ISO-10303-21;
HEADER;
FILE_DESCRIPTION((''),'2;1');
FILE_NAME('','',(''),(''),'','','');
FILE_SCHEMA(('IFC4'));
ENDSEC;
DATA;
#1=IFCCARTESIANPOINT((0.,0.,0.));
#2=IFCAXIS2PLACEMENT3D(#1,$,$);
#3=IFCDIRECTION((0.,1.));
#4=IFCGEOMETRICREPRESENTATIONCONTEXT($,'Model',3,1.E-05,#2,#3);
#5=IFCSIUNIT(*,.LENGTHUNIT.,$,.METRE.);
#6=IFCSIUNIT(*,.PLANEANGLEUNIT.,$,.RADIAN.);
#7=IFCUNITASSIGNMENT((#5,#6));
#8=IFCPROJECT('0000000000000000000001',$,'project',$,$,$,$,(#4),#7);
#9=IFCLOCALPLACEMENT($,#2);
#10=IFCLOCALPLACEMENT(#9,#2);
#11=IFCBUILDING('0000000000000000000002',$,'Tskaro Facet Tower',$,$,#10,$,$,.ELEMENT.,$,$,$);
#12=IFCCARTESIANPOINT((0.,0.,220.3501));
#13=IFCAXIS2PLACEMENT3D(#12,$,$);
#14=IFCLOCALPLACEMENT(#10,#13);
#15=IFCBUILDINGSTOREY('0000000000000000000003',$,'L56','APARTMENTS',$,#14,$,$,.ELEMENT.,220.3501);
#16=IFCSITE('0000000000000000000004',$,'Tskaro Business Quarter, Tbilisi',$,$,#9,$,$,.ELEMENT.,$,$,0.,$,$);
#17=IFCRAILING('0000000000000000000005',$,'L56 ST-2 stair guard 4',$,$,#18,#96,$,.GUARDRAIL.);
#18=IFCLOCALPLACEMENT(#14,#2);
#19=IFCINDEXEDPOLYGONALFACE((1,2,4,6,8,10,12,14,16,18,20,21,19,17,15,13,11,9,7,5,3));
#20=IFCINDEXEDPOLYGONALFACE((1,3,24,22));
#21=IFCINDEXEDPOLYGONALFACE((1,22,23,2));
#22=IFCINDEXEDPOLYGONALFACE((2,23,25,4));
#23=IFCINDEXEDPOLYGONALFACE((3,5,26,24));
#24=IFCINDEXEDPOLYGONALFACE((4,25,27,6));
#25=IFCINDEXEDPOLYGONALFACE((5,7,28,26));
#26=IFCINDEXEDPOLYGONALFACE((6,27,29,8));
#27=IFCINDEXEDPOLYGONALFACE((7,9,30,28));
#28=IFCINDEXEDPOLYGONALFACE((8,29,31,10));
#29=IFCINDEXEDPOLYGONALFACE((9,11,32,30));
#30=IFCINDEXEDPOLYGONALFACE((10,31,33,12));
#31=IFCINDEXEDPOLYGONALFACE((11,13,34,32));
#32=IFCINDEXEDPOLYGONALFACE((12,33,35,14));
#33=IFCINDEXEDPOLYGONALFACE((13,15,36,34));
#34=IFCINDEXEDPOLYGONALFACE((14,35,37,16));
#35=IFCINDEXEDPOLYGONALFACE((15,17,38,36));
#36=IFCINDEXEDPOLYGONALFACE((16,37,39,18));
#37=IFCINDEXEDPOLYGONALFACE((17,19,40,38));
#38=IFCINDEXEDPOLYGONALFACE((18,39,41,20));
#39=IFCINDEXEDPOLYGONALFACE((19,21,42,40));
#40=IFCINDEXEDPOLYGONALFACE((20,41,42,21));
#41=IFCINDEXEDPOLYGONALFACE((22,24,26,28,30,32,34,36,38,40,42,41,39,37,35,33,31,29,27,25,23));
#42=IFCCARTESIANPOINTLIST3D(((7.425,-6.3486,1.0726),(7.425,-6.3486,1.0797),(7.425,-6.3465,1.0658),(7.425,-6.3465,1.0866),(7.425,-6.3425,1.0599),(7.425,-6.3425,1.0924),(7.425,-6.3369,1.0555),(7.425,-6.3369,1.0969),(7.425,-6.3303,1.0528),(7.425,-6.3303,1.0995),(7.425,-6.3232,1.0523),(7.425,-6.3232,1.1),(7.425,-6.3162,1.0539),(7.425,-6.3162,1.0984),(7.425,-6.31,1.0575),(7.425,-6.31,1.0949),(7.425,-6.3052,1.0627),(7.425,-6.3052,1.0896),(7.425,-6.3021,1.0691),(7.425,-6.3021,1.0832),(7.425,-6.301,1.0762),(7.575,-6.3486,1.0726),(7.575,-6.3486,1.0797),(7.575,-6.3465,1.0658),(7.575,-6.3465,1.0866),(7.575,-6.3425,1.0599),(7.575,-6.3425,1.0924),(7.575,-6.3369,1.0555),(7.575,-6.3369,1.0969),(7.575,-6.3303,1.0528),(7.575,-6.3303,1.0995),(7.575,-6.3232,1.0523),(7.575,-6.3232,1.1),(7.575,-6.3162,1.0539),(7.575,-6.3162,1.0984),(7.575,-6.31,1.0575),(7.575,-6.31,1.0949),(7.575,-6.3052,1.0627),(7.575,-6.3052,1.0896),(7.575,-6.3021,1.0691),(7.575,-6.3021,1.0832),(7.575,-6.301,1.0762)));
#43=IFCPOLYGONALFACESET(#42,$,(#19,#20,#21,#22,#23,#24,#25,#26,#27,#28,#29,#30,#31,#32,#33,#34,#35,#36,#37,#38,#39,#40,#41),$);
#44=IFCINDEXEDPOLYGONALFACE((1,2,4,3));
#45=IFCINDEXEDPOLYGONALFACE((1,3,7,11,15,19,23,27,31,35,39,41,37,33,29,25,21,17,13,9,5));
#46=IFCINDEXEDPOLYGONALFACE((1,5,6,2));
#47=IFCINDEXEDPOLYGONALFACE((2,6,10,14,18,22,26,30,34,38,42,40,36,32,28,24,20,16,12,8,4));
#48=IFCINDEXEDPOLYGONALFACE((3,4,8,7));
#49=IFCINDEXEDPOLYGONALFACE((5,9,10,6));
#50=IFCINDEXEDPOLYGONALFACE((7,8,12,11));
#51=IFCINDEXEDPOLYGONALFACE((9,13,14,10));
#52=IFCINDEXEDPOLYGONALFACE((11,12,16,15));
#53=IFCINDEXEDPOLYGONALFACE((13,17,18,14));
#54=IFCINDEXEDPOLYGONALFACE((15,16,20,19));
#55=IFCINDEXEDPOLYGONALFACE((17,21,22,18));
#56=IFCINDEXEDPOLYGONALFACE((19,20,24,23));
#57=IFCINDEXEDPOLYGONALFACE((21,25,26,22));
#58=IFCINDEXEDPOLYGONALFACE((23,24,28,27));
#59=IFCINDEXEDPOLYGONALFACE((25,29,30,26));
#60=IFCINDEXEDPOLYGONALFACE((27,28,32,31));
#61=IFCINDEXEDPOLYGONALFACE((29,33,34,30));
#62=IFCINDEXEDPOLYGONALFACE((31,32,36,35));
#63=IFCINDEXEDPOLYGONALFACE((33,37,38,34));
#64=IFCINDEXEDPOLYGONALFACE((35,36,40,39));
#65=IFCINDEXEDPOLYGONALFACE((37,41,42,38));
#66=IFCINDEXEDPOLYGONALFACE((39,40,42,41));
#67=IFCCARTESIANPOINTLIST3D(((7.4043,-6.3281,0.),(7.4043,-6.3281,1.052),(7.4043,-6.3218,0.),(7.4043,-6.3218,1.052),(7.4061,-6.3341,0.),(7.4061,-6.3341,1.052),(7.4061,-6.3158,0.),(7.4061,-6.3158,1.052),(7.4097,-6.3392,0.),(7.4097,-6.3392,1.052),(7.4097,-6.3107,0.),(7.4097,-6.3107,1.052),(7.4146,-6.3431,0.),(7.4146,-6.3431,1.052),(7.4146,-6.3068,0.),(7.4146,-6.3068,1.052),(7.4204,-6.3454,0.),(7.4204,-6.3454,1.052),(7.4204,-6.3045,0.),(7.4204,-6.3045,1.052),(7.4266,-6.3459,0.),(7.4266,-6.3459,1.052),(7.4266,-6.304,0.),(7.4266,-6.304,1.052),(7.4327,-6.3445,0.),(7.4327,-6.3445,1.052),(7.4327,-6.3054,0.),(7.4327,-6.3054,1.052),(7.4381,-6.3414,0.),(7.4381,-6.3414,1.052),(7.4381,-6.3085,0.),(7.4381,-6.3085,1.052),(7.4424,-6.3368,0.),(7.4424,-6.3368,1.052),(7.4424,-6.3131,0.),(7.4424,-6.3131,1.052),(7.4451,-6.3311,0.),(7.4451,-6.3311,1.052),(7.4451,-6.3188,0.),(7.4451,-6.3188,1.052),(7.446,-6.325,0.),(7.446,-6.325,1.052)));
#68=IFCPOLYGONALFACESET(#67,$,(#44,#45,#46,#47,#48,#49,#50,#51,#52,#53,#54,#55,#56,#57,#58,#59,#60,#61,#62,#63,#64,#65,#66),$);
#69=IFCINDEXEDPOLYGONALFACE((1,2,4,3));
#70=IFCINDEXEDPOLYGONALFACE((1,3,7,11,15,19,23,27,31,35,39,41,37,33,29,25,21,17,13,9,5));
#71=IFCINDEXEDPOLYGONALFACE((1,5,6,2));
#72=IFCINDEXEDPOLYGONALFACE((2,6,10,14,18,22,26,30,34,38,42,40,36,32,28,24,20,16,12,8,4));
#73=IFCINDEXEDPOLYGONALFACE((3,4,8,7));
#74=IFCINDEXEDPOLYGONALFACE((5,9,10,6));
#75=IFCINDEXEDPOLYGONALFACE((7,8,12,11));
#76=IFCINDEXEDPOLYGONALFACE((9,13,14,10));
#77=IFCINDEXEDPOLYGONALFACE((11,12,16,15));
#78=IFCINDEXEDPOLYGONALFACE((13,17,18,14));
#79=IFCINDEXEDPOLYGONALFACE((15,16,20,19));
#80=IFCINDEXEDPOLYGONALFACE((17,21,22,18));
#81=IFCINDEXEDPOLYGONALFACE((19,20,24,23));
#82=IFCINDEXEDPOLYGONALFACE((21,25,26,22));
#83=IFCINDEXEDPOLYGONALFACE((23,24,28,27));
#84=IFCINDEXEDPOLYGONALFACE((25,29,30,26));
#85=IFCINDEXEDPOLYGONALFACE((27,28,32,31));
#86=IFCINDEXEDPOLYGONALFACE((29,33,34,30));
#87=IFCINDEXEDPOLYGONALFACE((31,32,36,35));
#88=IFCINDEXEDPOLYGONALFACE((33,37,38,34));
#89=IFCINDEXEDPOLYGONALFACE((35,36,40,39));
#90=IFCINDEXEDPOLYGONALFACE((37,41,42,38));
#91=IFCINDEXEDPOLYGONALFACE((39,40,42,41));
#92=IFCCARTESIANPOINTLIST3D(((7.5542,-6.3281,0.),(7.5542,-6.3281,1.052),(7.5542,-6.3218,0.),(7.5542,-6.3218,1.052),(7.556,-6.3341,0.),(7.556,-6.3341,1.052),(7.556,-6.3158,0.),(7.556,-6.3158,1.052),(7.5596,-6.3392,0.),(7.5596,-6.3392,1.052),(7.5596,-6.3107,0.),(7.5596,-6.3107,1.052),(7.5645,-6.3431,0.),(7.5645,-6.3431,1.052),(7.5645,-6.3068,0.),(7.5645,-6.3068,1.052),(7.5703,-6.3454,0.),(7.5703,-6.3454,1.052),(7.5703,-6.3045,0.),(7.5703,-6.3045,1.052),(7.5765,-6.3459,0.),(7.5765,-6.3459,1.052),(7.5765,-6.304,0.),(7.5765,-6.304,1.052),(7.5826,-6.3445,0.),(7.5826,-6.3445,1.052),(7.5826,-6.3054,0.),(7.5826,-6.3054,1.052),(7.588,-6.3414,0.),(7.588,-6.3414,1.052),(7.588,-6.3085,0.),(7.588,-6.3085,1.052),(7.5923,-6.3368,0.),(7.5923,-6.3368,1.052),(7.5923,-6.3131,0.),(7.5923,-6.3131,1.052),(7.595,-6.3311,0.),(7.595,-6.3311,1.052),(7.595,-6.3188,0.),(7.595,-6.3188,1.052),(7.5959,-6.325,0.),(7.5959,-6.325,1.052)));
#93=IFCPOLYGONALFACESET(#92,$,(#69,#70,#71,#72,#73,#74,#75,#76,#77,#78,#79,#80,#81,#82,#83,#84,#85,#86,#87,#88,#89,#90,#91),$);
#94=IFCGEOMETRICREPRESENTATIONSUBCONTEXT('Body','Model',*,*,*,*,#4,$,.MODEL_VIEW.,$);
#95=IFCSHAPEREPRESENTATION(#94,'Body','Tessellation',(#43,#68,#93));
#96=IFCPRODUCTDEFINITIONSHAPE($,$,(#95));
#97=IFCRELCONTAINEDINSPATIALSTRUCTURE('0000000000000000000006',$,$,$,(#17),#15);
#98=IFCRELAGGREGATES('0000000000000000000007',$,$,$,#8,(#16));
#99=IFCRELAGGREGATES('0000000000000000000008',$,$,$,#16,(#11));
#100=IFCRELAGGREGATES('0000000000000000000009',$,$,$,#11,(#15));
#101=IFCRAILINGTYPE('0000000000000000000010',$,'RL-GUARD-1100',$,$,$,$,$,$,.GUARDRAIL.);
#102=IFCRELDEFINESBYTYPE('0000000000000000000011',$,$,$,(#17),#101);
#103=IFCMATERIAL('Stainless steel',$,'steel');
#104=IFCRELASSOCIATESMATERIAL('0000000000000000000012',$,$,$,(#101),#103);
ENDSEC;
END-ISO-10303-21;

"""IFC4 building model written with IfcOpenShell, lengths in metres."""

from ifc_helpers import new_model, si_unit, direction, frame, origin, origin_2d, place, context, subcontext, project, spatial, circle, extrude, material, type_object, element, save


model = new_model("IFC4")

# Units and contexts
model_context = context("Model", 3, precision=1e-05, world=origin(), true_north=direction((0.0, 1.0)))
body_context = subcontext(model_context, "Body", "Model", "MODEL_VIEW")
ifc_project = project(units=[si_unit("LENGTHUNIT", "METRE"), si_unit("PLANEANGLEUNIT", "RADIAN")], contexts=[model_context])

# Site, building, storey
site_placement = place(None, origin())
site = spatial("IfcSite", under=ifc_project, at=site_placement, Name="Tskaro Business Quarter, Tbilisi", CompositionType="ELEMENT", RefElevation=0.0)
building_placement = place(site_placement, origin())
building = spatial("IfcBuilding", under=site, at=building_placement, Name="Tskaro Facet Tower", CompositionType="ELEMENT")
storey_placement = place(building_placement, frame((0.0, 0.0, 220.3501)))
storey = spatial("IfcBuildingStorey", under=building, at=storey_placement, Name="L56", Description="APARTMENTS", CompositionType="ELEMENT", Elevation=220.3501)

# Railing
ifc_material_1 = material(Name="Stainless steel", Category="steel")
railing_type_1 = type_object("IfcRailingType", Name="RL-GUARD-1100", PredefinedType="GUARDRAIL", material=ifc_material_1)
railing_1_placement = place(storey_placement, frame((7.425, -6.325, 0.0)))
element("IfcRailing", 1, at=railing_1_placement, inside=storey, type_object=railing_type_1, Name="L56 ST-2 stair guard 4", PredefinedType="GUARDRAIL", context=body_context, shape_type="SweptSolid", body=[
    extrude(circle(Radius=0.0239, at=origin_2d()), frame((0.0, 0.0, 1.0762), z_axis=(1.0, 0.0, 0.0), x_axis=(0.0, 1.0, 0.0)), (0.0, 0.0, 1.0), 0.1499),
    extrude(circle(Radius=0.021, at=origin_2d()), origin(), (0.0, 0.0, 1.0), 1.052),
    extrude(circle(Radius=0.021, at=origin_2d()), frame((0.1499, 0.0, 0.0)), (0.0, 0.0, 1.0), 1.052),
])

save(model, "model.ifc")
